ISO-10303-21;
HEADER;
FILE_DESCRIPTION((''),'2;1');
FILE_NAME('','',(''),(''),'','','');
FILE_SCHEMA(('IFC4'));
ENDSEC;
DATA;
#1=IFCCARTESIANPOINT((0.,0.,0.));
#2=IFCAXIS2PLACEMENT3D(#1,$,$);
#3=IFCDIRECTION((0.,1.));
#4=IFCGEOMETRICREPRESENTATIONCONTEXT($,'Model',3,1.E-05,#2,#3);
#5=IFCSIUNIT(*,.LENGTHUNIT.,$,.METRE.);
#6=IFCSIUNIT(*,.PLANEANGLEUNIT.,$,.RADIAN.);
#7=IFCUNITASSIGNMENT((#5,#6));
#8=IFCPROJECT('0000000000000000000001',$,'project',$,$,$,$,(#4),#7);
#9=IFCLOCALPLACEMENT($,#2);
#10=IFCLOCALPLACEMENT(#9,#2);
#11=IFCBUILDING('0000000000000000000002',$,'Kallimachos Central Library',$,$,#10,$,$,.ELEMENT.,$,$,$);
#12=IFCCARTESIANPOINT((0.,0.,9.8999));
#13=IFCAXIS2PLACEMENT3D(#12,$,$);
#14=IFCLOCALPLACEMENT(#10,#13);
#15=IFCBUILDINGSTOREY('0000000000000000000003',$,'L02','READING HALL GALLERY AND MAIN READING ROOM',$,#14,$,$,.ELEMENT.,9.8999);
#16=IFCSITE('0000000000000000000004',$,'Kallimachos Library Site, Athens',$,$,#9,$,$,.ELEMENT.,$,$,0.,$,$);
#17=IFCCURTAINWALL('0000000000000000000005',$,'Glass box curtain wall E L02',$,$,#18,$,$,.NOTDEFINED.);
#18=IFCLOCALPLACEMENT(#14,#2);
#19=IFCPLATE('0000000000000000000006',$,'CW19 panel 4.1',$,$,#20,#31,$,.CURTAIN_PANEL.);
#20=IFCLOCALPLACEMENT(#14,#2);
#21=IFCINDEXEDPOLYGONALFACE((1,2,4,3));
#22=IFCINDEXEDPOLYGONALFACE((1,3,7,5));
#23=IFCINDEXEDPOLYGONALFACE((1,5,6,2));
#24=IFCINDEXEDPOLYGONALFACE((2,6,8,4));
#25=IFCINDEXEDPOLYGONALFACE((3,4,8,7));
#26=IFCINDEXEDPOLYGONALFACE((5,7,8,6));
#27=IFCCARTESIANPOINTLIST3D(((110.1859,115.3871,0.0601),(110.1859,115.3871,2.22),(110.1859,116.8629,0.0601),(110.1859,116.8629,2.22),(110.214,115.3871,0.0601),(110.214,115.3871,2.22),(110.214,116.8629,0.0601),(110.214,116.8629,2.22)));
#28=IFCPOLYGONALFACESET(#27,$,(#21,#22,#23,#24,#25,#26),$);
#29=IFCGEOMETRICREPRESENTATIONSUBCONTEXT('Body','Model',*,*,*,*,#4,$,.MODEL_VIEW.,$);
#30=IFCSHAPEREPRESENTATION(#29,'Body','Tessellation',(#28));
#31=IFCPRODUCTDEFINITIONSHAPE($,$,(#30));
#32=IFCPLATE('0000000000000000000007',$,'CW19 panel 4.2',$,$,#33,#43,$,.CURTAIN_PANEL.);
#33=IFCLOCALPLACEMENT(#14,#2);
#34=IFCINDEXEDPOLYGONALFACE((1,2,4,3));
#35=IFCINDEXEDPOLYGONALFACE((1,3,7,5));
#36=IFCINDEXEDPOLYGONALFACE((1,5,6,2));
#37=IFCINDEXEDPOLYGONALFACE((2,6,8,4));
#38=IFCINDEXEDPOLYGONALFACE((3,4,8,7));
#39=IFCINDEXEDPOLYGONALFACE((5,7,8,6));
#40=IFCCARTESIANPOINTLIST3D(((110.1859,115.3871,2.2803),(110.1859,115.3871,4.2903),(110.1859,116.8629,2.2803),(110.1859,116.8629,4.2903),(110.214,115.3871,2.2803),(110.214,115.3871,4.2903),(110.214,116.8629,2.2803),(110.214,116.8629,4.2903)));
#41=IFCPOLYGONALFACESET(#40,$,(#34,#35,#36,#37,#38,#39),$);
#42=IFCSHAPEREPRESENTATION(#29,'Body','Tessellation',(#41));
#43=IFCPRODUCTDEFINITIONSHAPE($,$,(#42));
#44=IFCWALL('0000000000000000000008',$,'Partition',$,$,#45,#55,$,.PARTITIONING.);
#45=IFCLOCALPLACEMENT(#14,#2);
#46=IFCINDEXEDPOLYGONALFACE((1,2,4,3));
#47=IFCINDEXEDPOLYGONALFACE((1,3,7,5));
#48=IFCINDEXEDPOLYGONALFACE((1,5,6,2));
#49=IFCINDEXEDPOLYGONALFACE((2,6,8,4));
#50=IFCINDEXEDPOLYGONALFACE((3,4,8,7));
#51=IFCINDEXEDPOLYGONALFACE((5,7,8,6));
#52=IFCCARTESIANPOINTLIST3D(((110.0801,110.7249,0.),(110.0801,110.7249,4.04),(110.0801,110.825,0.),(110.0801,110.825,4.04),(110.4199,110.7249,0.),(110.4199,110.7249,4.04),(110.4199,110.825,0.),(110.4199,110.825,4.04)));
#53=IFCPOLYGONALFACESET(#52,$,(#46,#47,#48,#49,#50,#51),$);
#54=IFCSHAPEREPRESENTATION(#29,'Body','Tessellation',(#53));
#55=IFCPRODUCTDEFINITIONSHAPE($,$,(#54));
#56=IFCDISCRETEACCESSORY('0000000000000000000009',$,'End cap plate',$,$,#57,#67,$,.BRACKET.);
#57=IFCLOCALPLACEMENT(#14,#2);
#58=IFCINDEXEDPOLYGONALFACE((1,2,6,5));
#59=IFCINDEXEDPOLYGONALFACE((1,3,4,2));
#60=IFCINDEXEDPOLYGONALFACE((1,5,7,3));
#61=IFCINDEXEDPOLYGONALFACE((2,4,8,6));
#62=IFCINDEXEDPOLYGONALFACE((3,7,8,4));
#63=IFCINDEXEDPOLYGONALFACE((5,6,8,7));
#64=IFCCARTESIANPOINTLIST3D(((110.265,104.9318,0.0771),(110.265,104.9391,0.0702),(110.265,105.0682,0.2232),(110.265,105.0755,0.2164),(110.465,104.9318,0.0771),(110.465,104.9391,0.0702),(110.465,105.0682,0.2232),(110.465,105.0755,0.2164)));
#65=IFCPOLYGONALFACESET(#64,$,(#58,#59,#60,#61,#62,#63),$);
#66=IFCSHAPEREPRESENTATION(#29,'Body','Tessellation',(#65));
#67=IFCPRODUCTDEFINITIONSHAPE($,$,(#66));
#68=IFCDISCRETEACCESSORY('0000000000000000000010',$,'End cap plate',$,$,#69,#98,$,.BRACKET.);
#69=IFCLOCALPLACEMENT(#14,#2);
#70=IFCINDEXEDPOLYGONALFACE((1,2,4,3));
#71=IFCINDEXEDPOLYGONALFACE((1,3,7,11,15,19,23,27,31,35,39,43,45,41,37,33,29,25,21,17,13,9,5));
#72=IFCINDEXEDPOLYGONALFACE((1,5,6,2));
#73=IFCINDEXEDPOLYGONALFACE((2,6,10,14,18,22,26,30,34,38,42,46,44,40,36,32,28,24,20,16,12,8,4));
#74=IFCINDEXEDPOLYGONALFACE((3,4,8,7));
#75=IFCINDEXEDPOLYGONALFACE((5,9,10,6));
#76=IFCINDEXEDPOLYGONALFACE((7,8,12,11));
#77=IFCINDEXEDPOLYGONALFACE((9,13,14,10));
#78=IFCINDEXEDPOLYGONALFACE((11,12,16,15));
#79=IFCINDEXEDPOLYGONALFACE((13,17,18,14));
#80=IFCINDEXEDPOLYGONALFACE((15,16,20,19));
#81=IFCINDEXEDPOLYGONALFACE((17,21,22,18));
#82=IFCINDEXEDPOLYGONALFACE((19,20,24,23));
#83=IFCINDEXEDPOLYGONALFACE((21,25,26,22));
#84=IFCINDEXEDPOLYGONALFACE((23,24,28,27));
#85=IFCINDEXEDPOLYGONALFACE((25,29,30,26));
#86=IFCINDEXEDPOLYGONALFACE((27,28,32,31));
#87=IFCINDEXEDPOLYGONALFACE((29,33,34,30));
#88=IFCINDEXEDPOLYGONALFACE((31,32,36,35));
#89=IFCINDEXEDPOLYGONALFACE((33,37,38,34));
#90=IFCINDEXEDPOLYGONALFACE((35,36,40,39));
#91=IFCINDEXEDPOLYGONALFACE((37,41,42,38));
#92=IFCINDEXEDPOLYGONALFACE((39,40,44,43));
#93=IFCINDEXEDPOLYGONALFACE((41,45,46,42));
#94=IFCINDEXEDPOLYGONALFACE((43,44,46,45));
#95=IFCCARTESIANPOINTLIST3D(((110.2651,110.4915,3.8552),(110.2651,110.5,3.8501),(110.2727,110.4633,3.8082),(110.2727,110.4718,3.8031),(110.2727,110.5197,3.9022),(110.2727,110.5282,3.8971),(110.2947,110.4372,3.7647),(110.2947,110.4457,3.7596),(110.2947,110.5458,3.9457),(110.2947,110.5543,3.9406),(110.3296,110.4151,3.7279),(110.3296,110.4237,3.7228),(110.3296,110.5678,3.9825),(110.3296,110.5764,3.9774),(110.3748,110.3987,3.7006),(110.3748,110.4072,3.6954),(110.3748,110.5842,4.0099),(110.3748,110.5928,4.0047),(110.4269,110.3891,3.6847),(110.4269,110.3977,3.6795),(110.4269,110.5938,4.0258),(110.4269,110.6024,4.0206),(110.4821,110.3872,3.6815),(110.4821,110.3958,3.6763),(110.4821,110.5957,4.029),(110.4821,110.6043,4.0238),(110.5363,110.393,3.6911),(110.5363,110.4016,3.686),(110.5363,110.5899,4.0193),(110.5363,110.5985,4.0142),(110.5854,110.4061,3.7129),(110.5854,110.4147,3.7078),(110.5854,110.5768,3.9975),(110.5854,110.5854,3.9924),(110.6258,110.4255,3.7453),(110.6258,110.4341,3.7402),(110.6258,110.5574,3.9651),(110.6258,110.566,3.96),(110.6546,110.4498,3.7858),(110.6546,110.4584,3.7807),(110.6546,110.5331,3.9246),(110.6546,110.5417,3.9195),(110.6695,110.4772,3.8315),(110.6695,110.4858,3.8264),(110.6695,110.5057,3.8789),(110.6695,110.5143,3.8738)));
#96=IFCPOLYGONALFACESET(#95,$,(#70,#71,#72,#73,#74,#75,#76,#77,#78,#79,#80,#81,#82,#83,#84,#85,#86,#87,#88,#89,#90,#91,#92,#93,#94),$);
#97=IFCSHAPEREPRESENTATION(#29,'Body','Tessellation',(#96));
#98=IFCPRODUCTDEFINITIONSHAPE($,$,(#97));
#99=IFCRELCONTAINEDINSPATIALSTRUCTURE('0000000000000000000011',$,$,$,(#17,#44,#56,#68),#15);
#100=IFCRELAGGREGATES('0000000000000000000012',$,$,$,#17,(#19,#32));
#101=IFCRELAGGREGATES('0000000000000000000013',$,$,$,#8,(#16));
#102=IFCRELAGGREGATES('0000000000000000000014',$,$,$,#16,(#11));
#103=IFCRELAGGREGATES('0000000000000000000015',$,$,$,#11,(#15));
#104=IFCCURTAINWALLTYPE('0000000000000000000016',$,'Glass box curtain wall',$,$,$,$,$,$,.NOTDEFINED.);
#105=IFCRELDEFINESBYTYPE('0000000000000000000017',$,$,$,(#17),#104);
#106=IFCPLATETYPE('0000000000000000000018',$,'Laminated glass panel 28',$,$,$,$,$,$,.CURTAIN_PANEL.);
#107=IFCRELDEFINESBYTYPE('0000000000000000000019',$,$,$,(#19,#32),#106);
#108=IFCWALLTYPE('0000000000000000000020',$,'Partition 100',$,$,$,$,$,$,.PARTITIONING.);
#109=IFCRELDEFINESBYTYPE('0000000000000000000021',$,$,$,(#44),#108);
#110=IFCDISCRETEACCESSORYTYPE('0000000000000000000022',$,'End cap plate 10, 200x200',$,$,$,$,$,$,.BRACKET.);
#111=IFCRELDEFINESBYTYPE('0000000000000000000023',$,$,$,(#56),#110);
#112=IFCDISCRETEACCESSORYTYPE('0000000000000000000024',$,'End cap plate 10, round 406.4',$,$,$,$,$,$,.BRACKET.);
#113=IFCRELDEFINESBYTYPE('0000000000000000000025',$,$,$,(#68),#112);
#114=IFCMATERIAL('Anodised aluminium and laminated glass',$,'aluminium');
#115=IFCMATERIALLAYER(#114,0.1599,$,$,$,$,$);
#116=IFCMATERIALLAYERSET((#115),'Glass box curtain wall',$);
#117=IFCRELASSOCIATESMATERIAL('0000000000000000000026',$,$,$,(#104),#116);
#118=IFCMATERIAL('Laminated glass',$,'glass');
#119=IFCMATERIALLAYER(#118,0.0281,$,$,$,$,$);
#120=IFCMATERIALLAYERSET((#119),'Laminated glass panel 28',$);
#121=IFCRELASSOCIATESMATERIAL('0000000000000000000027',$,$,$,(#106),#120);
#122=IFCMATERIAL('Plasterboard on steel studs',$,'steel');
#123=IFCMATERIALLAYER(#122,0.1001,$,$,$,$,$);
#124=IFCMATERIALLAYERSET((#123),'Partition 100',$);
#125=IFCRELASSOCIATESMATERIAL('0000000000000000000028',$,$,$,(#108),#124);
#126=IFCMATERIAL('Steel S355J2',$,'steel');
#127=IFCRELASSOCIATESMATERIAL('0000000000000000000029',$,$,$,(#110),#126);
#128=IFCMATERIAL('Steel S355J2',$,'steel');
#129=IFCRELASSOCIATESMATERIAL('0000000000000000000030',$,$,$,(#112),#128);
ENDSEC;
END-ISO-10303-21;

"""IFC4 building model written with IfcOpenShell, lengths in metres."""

from ifc_helpers import new_model, si_unit, direction, frame, frame_2d, origin, origin_2d, place, context, subcontext, project, spatial, rectangle, circle, extrude, material, layer, layer_set, material_profile, profile_set, type_object, element, aggregate, save


model = new_model("IFC4")

# Units and contexts
model_context = context("Model", 3, precision=1e-05, world=origin(), true_north=direction((0.0, 1.0)))
body_context = subcontext(model_context, "Body", "Model", "MODEL_VIEW")
ifc_project = project(units=[si_unit("LENGTHUNIT", "METRE"), si_unit("PLANEANGLEUNIT", "RADIAN")], contexts=[model_context])

# Site, building, storey
site_placement = place(None, origin())
site = spatial("IfcSite", under=ifc_project, at=site_placement, Name="Kallimachos Library Site, Athens", CompositionType="ELEMENT", RefElevation=0.0)
building_placement = place(site_placement, origin())
building = spatial("IfcBuilding", under=site, at=building_placement, Name="Kallimachos Central Library", CompositionType="ELEMENT")
storey_placement = place(building_placement, frame((0.0, 0.0, 9.8999)))
storey = spatial("IfcBuildingStorey", under=building, at=storey_placement, Name="L02", Description="READING HALL GALLERY AND MAIN READING ROOM", CompositionType="ELEMENT", Elevation=9.8999)

# Curtain wall
ifc_material_1 = material(Name="Anodised aluminium and laminated glass", Category="aluminium")
ifc_layer_1 = layer(ifc_material_1, 0.1599)
ifc_layer_set_1 = layer_set([ifc_layer_1], Name="Glass box curtain wall")
curtain_wall_type = type_object("IfcCurtainWallType", Name="Glass box curtain wall", PredefinedType="NOTDEFINED", material=ifc_layer_set_1)
curtain_wall_placement = place(storey_placement, origin())
curtain_wall = element("IfcCurtainWall", 1, at=curtain_wall_placement, inside=storey, type_object=curtain_wall_type, Name="Glass box curtain wall E L02", PredefinedType="NOTDEFINED")

# Plates
ifc_material_2 = material(Name="Laminated glass", Category="glass")
ifc_layer_2 = layer(ifc_material_2, 0.0281)
ifc_layer_set_2 = layer_set([ifc_layer_2], Name="Laminated glass panel 28")
plate_type = type_object("IfcPlateType", Name="Laminated glass panel 28", PredefinedType="CURTAIN_PANEL", material=ifc_layer_set_2)
plate_1_placement = place(storey_placement, frame((110.2, 116.125, 0.0601), z_axis=(0.0, 0.0, 1.0), x_axis=(0.0, 1.0, 0.0)))
plate_1 = element("IfcPlate", 2, at=plate_1_placement, type_object=plate_type, Name="CW19 panel 4.1", PredefinedType="CURTAIN_PANEL", context=body_context, shape_type="SweptSolid", body=[
    extrude(rectangle(XDim=1.4758, YDim=0.0281, at=origin_2d()), origin(), (0.0, 0.0, 1.0), 2.1599),
])
plate_2_placement = place(storey_placement, frame((110.2, 116.125, 2.2803), z_axis=(0.0, 0.0, 1.0), x_axis=(0.0, 1.0, 0.0)))
plate_2 = element("IfcPlate", 3, at=plate_2_placement, type_object=plate_type, Name="CW19 panel 4.2", PredefinedType="CURTAIN_PANEL", context=body_context, shape_type="SweptSolid", body=[
    extrude(rectangle(XDim=1.4758, YDim=0.0281, at=origin_2d()), origin(), (0.0, 0.0, 1.0), 2.01),
])
aggregate(curtain_wall, [plate_1, plate_2])

# Wall
ifc_material_3 = material(Name="Plasterboard on steel studs", Category="steel")
ifc_layer_3 = layer(ifc_material_3, 0.1001)
ifc_layer_set_3 = layer_set([ifc_layer_3], Name="Partition 100")
wall_type = type_object("IfcWallType", Name="Partition 100", PredefinedType="PARTITIONING", material=ifc_layer_set_3)
wall_placement = place(storey_placement, frame((110.4199, 110.7749, 0.0), z_axis=(0.0, 0.0, 1.0), x_axis=(-1.0, 0.0, 0.0)))
element("IfcWall", 4, at=wall_placement, inside=storey, type_object=wall_type, Name="Partition", PredefinedType="PARTITIONING", context=body_context, shape_type="SweptSolid", body=[
    extrude(rectangle(XDim=0.3398, YDim=0.1001, at=frame_2d((0.1699, 0.0))), origin(), (0.0, 0.0, 1.0), 4.04),
])

# Discrete accessories
ifc_material_4 = material(Name="Steel S355J2", Category="steel")
ifc_material_profile_1 = material_profile(ifc_material_4, rectangle(XDim=0.2, YDim=0.2, at=origin_2d()), Name="End cap plate 10, 200x200")
ifc_profile_set_1 = profile_set([ifc_material_profile_1], Name="Steel S355J2")
discrete_accessory_type_1 = type_object("IfcDiscreteAccessoryType", Name="End cap plate 10, 200x200", PredefinedType="BRACKET", material=ifc_profile_set_1)
discrete_accessory_1_placement = place(storey_placement, frame((110.365, 105.0073, 0.1433), z_axis=(0.0, -0.731055, 0.682318), x_axis=(1.0, 0.0, 0.0)))
element("IfcDiscreteAccessory", 5, at=discrete_accessory_1_placement, inside=storey, type_object=discrete_accessory_type_1, Name="End cap plate", PredefinedType="BRACKET", context=body_context, shape_type="SweptSolid", body=[
    extrude(rectangle(XDim=0.2, YDim=0.2, at=origin_2d()), origin(), (0.0, 0.0, 1.0), 0.01),
])
ifc_material_5 = material(Name="Steel S355J2", Category="steel")
ifc_material_profile_2 = material_profile(ifc_material_5, circle(Radius=0.2031, at=origin_2d()), Name="End cap plate 10, round 406.4")
ifc_profile_set_2 = profile_set([ifc_material_profile_2], Name="Steel S355J2")
discrete_accessory_type_2 = type_object("IfcDiscreteAccessoryType", Name="End cap plate 10, round 406.4", PredefinedType="BRACKET", material=ifc_profile_set_2)
discrete_accessory_2_placement = place(storey_placement, frame((110.4683, 110.4915, 3.8552), z_axis=(0.0, 0.857493, -0.514496), x_axis=(-1.0, 0.0, 0.0)))
element("IfcDiscreteAccessory", 6, at=discrete_accessory_2_placement, inside=storey, type_object=discrete_accessory_type_2, Name="End cap plate", PredefinedType="BRACKET", context=body_context, shape_type="SweptSolid", body=[
    extrude(circle(Radius=0.2031, at=origin_2d()), origin(), (0.0, 0.0, 1.0), 0.01),
])

save(model, "model.ifc")
